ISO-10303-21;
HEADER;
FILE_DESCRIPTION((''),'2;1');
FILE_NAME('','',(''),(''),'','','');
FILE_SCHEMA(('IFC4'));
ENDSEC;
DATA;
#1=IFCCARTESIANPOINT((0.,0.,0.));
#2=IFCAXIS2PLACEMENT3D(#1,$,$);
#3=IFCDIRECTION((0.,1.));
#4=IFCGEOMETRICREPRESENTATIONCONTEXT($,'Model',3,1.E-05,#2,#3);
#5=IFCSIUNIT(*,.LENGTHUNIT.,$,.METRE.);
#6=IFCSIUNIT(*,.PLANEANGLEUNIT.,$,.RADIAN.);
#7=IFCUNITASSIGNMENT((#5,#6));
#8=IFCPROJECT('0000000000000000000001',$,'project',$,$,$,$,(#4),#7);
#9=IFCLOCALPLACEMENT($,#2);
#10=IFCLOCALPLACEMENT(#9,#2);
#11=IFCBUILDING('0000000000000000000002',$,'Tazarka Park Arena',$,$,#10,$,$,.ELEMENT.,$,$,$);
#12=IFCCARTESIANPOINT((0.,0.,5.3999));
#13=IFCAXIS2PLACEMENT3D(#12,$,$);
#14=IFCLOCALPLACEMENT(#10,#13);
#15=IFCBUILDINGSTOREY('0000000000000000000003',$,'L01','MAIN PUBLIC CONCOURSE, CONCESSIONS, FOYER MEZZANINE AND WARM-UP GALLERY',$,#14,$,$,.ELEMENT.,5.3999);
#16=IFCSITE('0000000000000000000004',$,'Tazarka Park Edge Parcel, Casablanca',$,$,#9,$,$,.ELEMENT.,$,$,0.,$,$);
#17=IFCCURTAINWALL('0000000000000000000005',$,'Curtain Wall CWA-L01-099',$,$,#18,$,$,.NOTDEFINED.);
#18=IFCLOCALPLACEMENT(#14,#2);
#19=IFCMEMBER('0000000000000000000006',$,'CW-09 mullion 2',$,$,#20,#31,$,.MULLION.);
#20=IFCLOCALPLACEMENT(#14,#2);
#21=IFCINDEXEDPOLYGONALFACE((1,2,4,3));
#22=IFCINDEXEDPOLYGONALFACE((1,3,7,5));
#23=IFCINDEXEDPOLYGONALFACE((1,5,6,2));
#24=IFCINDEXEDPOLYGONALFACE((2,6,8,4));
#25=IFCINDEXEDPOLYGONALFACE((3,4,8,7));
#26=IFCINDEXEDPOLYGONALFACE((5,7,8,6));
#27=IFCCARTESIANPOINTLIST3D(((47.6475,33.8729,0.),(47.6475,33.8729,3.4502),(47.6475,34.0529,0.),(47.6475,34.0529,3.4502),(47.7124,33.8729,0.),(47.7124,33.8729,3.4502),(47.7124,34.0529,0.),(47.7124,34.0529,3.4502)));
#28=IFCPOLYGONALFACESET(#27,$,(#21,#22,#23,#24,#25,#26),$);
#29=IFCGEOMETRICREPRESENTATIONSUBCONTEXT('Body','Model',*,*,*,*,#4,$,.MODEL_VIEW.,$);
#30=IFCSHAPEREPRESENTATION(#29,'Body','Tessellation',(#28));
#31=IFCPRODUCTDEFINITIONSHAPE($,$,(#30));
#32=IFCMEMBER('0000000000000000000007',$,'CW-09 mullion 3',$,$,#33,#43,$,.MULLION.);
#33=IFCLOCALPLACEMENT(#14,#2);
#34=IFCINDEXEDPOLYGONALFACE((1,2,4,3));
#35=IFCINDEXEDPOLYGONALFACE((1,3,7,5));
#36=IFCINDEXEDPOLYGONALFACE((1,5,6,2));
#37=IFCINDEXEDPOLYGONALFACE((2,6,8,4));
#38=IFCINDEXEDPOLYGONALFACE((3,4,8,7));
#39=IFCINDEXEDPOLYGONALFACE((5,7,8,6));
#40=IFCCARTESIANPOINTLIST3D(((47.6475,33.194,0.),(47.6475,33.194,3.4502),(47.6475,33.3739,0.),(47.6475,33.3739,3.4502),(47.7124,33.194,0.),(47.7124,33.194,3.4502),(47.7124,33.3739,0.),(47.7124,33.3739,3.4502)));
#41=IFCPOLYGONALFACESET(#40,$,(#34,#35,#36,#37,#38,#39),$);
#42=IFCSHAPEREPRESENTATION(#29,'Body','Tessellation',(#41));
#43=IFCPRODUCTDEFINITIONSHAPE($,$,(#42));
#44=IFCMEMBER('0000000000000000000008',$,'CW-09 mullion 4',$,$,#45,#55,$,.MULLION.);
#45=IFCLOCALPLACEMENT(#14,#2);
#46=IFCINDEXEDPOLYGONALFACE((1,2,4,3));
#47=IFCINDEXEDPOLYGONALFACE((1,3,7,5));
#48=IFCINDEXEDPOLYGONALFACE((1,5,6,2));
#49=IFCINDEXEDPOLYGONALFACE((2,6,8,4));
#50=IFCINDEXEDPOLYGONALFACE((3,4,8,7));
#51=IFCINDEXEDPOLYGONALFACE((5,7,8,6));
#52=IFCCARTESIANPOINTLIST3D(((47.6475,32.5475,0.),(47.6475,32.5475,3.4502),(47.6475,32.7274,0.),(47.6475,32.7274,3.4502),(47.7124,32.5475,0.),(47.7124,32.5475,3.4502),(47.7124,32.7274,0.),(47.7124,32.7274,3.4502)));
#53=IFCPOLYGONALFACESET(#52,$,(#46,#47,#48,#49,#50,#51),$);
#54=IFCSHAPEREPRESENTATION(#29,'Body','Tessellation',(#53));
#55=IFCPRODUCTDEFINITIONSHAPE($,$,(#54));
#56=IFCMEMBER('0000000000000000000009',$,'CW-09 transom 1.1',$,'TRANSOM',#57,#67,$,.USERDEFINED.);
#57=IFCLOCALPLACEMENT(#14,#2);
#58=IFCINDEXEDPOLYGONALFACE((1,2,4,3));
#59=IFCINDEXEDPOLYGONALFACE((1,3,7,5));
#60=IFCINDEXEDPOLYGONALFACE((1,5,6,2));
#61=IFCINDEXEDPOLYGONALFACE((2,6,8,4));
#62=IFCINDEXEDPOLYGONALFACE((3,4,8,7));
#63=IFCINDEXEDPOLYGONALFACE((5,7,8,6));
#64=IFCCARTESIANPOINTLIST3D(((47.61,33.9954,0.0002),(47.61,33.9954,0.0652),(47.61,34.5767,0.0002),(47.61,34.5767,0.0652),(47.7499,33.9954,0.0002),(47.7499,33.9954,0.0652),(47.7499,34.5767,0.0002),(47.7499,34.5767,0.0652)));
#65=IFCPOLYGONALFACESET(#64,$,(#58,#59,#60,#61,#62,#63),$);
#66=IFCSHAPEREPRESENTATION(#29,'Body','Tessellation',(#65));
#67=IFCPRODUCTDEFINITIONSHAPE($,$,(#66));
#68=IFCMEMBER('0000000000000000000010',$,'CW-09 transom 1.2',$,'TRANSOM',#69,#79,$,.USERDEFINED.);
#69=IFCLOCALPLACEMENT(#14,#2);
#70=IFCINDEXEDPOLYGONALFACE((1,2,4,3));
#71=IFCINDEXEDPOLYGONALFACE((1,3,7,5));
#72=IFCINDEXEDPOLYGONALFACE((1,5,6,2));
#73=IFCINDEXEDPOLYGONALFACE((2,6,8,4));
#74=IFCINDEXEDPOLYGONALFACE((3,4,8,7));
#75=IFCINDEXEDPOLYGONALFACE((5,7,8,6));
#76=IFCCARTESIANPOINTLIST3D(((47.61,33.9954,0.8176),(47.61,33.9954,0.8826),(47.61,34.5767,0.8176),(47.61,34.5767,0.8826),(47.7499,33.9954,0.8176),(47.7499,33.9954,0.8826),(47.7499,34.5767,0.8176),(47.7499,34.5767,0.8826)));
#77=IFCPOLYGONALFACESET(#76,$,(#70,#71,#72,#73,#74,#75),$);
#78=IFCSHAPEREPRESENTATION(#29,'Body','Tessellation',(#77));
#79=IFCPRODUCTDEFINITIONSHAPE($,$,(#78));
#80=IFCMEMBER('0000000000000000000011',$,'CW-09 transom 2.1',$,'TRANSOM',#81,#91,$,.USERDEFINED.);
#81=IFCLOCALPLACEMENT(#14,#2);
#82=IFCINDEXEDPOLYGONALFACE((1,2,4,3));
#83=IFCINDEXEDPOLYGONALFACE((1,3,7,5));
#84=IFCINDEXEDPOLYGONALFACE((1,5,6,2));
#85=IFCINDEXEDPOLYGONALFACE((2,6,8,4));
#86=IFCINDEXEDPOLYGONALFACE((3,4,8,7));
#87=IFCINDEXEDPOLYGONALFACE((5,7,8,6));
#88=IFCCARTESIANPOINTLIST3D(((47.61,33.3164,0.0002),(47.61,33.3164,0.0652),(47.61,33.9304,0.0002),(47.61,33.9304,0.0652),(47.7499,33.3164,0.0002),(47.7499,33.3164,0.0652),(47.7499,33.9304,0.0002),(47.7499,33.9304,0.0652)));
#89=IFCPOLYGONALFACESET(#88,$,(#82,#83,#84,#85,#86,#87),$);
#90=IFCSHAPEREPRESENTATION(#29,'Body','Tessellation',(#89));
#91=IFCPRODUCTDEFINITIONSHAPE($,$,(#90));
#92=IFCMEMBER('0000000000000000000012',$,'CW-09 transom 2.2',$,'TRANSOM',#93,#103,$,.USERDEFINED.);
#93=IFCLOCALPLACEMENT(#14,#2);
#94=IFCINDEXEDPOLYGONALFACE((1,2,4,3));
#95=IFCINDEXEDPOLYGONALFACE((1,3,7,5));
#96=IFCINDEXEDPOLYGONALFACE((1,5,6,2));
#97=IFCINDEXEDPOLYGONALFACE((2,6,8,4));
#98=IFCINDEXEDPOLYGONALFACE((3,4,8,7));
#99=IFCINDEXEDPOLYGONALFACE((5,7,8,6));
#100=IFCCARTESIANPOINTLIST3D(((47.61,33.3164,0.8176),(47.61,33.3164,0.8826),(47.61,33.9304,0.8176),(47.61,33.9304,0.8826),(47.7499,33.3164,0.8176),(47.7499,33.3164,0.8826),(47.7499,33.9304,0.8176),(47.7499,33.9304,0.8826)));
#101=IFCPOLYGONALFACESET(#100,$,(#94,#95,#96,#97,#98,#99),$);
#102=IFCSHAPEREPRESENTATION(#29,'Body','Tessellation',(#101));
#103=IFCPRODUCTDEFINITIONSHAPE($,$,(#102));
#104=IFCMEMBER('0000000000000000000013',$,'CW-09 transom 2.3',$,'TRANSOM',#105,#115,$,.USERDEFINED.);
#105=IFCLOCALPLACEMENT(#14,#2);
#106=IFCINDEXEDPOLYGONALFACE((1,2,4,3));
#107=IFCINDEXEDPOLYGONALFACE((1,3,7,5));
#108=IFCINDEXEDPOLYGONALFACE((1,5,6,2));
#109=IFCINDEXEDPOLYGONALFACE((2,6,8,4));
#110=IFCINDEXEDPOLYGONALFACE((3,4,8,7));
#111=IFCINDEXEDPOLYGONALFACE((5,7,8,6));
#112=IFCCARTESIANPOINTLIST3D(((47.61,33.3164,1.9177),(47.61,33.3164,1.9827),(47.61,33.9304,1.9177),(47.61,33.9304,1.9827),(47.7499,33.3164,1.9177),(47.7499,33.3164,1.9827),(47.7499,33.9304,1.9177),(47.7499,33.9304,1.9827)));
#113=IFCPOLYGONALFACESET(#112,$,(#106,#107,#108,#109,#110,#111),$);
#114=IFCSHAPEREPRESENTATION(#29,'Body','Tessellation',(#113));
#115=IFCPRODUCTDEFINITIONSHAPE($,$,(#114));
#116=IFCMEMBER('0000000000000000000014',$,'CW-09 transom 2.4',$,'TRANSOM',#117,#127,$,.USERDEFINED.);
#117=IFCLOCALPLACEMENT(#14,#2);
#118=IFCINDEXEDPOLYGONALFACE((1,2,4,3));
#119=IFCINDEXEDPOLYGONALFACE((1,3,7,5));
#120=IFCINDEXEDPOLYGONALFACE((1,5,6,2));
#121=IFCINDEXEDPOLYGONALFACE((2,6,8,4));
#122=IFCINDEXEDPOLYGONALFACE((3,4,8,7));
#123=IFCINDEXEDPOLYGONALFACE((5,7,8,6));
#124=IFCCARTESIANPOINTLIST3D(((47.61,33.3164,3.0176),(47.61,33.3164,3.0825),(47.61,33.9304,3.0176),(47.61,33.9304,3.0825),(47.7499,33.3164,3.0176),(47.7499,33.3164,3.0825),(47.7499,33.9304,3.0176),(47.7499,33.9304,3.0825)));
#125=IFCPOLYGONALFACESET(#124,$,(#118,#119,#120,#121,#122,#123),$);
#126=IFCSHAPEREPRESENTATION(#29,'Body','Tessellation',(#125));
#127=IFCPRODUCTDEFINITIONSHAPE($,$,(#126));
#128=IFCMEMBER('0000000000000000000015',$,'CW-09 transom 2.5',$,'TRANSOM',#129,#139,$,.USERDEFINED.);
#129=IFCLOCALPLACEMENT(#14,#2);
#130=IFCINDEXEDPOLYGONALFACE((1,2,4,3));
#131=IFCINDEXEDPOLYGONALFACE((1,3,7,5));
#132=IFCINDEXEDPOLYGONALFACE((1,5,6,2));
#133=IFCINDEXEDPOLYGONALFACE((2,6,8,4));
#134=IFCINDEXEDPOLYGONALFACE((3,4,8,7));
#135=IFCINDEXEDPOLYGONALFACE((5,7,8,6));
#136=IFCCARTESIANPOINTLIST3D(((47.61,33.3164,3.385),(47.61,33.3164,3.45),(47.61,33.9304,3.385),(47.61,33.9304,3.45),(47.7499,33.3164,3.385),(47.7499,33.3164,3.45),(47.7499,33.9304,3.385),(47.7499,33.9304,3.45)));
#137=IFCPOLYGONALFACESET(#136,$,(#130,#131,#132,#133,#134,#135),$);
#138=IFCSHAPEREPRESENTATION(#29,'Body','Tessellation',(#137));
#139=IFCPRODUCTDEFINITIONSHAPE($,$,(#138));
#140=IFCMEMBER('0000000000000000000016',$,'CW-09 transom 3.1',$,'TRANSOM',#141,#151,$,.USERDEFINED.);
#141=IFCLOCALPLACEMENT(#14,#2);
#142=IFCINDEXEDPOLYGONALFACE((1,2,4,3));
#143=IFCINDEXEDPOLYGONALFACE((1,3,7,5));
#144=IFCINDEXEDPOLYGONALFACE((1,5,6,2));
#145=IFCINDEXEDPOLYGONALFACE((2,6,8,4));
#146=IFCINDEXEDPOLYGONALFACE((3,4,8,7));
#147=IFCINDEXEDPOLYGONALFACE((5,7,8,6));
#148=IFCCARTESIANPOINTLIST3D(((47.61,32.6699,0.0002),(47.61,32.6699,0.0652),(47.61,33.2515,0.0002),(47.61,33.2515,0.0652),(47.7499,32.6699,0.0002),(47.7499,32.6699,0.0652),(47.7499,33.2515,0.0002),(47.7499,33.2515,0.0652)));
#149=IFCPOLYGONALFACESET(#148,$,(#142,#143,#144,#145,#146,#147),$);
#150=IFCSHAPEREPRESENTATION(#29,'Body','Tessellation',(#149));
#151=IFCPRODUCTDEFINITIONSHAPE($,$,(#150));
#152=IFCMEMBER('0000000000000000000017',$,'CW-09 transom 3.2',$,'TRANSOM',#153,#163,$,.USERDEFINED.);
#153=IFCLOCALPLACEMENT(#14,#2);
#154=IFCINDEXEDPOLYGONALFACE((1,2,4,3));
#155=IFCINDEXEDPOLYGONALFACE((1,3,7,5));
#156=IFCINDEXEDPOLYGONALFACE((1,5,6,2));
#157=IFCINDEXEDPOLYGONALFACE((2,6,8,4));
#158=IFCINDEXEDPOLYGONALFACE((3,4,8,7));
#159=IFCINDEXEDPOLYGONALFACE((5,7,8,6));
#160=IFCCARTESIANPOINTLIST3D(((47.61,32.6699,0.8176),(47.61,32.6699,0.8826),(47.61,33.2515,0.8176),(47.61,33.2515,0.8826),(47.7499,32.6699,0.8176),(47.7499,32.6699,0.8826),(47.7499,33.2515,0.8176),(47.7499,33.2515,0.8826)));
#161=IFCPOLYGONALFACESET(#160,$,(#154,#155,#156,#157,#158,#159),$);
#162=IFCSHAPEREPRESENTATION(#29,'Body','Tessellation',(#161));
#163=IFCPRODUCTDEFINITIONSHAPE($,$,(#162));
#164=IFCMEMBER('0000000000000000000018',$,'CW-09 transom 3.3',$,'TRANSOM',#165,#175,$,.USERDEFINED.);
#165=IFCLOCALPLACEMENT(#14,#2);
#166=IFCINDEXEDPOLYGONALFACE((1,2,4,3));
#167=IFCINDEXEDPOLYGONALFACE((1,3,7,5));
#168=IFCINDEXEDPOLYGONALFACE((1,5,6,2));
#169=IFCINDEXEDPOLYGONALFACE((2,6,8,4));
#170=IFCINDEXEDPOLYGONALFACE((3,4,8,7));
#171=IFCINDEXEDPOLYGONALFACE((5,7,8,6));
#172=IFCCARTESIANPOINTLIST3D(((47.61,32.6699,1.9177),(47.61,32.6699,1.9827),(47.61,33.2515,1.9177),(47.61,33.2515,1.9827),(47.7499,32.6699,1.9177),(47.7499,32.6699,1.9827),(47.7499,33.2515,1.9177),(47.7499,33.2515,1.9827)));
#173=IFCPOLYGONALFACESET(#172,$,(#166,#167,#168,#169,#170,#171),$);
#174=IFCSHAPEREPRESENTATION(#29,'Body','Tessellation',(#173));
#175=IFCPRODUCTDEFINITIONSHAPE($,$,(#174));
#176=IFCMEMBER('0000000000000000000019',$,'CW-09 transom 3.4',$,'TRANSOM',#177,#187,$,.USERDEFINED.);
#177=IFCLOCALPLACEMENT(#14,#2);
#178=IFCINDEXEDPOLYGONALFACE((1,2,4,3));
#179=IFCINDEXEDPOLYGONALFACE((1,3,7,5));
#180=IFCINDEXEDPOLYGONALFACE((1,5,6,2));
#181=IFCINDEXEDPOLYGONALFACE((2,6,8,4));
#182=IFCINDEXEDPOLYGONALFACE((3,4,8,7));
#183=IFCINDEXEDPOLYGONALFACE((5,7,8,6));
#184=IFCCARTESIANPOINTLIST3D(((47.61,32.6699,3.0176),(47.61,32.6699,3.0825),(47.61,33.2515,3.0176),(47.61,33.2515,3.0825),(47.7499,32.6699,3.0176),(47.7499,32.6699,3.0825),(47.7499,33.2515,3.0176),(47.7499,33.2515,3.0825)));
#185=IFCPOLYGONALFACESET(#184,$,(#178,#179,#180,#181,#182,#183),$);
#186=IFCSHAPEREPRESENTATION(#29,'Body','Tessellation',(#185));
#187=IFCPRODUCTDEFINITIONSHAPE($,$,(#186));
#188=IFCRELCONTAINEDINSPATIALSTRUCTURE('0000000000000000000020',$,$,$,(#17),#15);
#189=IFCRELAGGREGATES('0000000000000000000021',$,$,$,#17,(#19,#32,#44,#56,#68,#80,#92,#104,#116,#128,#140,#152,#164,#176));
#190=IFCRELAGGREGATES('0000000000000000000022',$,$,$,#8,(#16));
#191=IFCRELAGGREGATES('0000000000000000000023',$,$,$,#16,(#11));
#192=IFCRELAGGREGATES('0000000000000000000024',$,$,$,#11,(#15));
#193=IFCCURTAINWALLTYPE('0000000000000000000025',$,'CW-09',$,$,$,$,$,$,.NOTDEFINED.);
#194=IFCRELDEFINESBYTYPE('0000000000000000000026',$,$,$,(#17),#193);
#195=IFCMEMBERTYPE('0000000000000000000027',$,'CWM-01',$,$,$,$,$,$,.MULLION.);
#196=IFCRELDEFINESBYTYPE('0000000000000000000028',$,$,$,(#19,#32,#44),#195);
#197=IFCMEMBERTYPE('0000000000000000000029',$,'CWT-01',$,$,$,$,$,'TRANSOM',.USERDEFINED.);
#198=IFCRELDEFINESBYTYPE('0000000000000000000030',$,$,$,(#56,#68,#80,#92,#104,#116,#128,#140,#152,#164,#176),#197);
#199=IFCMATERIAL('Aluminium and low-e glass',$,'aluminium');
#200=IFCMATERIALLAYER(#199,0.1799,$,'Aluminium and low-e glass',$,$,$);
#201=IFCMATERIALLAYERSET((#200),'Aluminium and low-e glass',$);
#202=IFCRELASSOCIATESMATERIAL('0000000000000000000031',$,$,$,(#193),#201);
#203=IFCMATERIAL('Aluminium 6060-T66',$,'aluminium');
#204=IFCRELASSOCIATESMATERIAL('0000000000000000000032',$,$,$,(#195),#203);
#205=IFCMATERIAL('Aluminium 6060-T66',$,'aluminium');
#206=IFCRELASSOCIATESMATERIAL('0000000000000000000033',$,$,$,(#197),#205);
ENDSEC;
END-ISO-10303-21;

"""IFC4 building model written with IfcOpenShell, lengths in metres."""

from ifc_helpers import new_model, si_unit, direction, frame, origin, origin_2d, place, context, subcontext, project, spatial, rectangle, extrude, material, layer, layer_set, material_profile, profile_set, type_object, element, aggregate, save


model = new_model("IFC4")

# Units and contexts
model_context = context("Model", 3, precision=1e-05, world=origin(), true_north=direction((0.0, 1.0)))
body_context = subcontext(model_context, "Body", "Model", "MODEL_VIEW")
ifc_project = project(units=[si_unit("LENGTHUNIT", "METRE"), si_unit("PLANEANGLEUNIT", "RADIAN")], contexts=[model_context])

# Site, building, storey
site_placement = place(None, origin())
site = spatial("IfcSite", under=ifc_project, at=site_placement, Name="Tazarka Park Edge Parcel, Casablanca", CompositionType="ELEMENT", RefElevation=0.0)
building_placement = place(site_placement, origin())
building = spatial("IfcBuilding", under=site, at=building_placement, Name="Tazarka Park Arena", CompositionType="ELEMENT")
storey_placement = place(building_placement, frame((0.0, 0.0, 5.3999)))
storey = spatial("IfcBuildingStorey", under=building, at=storey_placement, Name="L01", Description="MAIN PUBLIC CONCOURSE, CONCESSIONS, FOYER MEZZANINE AND WARM-UP GALLERY", CompositionType="ELEMENT", Elevation=5.3999)

# Curtain wall, members
ifc_material_1 = material(Name="Aluminium and low-e glass", Category="aluminium")
ifc_layer_1 = layer(ifc_material_1, 0.1799, Name="Aluminium and low-e glass")
ifc_layer_set_1 = layer_set([ifc_layer_1], Name="Aluminium and low-e glass")
curtain_wall_type = type_object("IfcCurtainWallType", Name="CW-09", PredefinedType="NOTDEFINED", material=ifc_layer_set_1)
curtain_wall_placement = place(storey_placement, origin())
curtain_wall = element("IfcCurtainWall", 1, at=curtain_wall_placement, inside=storey, type_object=curtain_wall_type, Name="Curtain Wall CWA-L01-099", PredefinedType="NOTDEFINED")
ifc_material_2 = material(Name="Aluminium 6060-T66", Category="aluminium")
ifc_material_profile_1 = material_profile(ifc_material_2, rectangle(XDim=0.0649, YDim=0.1799, at=origin_2d()), Name="Aluminium 6060-T66")
ifc_profile_set_1 = profile_set([ifc_material_profile_1], Name="Aluminium 6060-T66")
member_type_1 = type_object("IfcMemberType", Name="CWM-01", PredefinedType="MULLION", material=ifc_profile_set_1)
member_1_placement = place(storey_placement, frame((47.6799, 33.9629, 0.0), z_axis=(0.0, 0.0, 1.0), x_axis=(1.0, 0.0, 0.0)))
member_1 = element("IfcMember", 2, at=member_1_placement, type_object=member_type_1, Name="CW-09 mullion 2", PredefinedType="MULLION", context=body_context, shape_type="SweptSolid", body=[
    extrude(rectangle(XDim=0.0649, YDim=0.1799, at=origin_2d()), origin(), (0.0, 0.0, 1.0), 3.4502),
])
member_2_placement = place(storey_placement, frame((47.6799, 33.2839, 0.0), z_axis=(0.0, 0.0, 1.0), x_axis=(1.0, 0.0, 0.0)))
member_2 = element("IfcMember", 3, at=member_2_placement, type_object=member_type_1, Name="CW-09 mullion 3", PredefinedType="MULLION", context=body_context, shape_type="SweptSolid", body=[
    extrude(rectangle(XDim=0.0649, YDim=0.1799, at=origin_2d()), origin(), (0.0, 0.0, 1.0), 3.4502),
])
member_3_placement = place(storey_placement, frame((47.6799, 32.6375, 0.0), z_axis=(0.0, 0.0, 1.0), x_axis=(1.0, 0.0, 0.0)))
member_3 = element("IfcMember", 4, at=member_3_placement, type_object=member_type_1, Name="CW-09 mullion 4", PredefinedType="MULLION", context=body_context, shape_type="SweptSolid", body=[
    extrude(rectangle(XDim=0.0649, YDim=0.1799, at=origin_2d()), origin(), (0.0, 0.0, 1.0), 3.4502),
])
ifc_material_3 = material(Name="Aluminium 6060-T66", Category="aluminium")
ifc_material_profile_2 = material_profile(ifc_material_3, rectangle(XDim=0.1399, YDim=0.0649, at=origin_2d()), Name="Aluminium 6060-T66")
ifc_profile_set_2 = profile_set([ifc_material_profile_2], Name="Aluminium 6060-T66")
member_type_2 = type_object("IfcMemberType", Name="CWT-01", ElementType="TRANSOM", PredefinedType="USERDEFINED", material=ifc_profile_set_2)
member_4_placement = place(storey_placement, frame((47.6799, 34.5767, 0.0327), z_axis=(0.0, -1.0, 0.0), x_axis=(1.0, 0.0, 0.0)))
member_4 = element("IfcMember", 5, at=member_4_placement, type_object=member_type_2, Name="CW-09 transom 1.1", ObjectType="TRANSOM", PredefinedType="USERDEFINED", context=body_context, shape_type="SweptSolid", body=[
    extrude(rectangle(XDim=0.1399, YDim=0.0649, at=origin_2d()), origin(), (0.0, 0.0, 1.0), 0.5813),
])
member_5_placement = place(storey_placement, frame((47.6799, 34.5767, 0.8501), z_axis=(0.0, -1.0, 0.0), x_axis=(1.0, 0.0, 0.0)))
member_5 = element("IfcMember", 6, at=member_5_placement, type_object=member_type_2, Name="CW-09 transom 1.2", ObjectType="TRANSOM", PredefinedType="USERDEFINED", context=body_context, shape_type="SweptSolid", body=[
    extrude(rectangle(XDim=0.1399, YDim=0.0649, at=origin_2d()), origin(), (0.0, 0.0, 1.0), 0.5813),
])
member_6_placement = place(storey_placement, frame((47.6799, 33.9304, 0.0327), z_axis=(0.0, -1.0, 0.0), x_axis=(1.0, 0.0, 0.0)))
member_6 = element("IfcMember", 7, at=member_6_placement, type_object=member_type_2, Name="CW-09 transom 2.1", ObjectType="TRANSOM", PredefinedType="USERDEFINED", context=body_context, shape_type="SweptSolid", body=[
    extrude(rectangle(XDim=0.1399, YDim=0.0649, at=origin_2d()), origin(), (0.0, 0.0, 1.0), 0.614),
])
member_7_placement = place(storey_placement, frame((47.6799, 33.9304, 0.8501), z_axis=(0.0, -1.0, 0.0), x_axis=(1.0, 0.0, 0.0)))
member_7 = element("IfcMember", 8, at=member_7_placement, type_object=member_type_2, Name="CW-09 transom 2.2", ObjectType="TRANSOM", PredefinedType="USERDEFINED", context=body_context, shape_type="SweptSolid", body=[
    extrude(rectangle(XDim=0.1399, YDim=0.0649, at=origin_2d()), origin(), (0.0, 0.0, 1.0), 0.614),
])
member_8_placement = place(storey_placement, frame((47.6799, 33.9304, 1.9502), z_axis=(0.0, -1.0, 0.0), x_axis=(1.0, 0.0, 0.0)))
member_8 = element("IfcMember", 9, at=member_8_placement, type_object=member_type_2, Name="CW-09 transom 2.3", ObjectType="TRANSOM", PredefinedType="USERDEFINED", context=body_context, shape_type="SweptSolid", body=[
    extrude(rectangle(XDim=0.1399, YDim=0.0649, at=origin_2d()), origin(), (0.0, 0.0, 1.0), 0.614),
])
member_9_placement = place(storey_placement, frame((47.6799, 33.9304, 3.05), z_axis=(0.0, -1.0, 0.0), x_axis=(1.0, 0.0, 0.0)))
member_9 = element("IfcMember", 10, at=member_9_placement, type_object=member_type_2, Name="CW-09 transom 2.4", ObjectType="TRANSOM", PredefinedType="USERDEFINED", context=body_context, shape_type="SweptSolid", body=[
    extrude(rectangle(XDim=0.1399, YDim=0.0649, at=origin_2d()), origin(), (0.0, 0.0, 1.0), 0.614),
])
member_10_placement = place(storey_placement, frame((47.6799, 33.9304, 3.4175), z_axis=(0.0, -1.0, 0.0), x_axis=(1.0, 0.0, 0.0)))
member_10 = element("IfcMember", 11, at=member_10_placement, type_object=member_type_2, Name="CW-09 transom 2.5", ObjectType="TRANSOM", PredefinedType="USERDEFINED", context=body_context, shape_type="SweptSolid", body=[
    extrude(rectangle(XDim=0.1399, YDim=0.0649, at=origin_2d()), origin(), (0.0, 0.0, 1.0), 0.614),
])
member_11_placement = place(storey_placement, frame((47.6799, 33.2515, 0.0327), z_axis=(0.0, -1.0, 0.0), x_axis=(1.0, 0.0, 0.0)))
member_11 = element("IfcMember", 12, at=member_11_placement, type_object=member_type_2, Name="CW-09 transom 3.1", ObjectType="TRANSOM", PredefinedType="USERDEFINED", context=body_context, shape_type="SweptSolid", body=[
    extrude(rectangle(XDim=0.1399, YDim=0.0649, at=origin_2d()), origin(), (0.0, 0.0, 1.0), 0.5815),
])
member_12_placement = place(storey_placement, frame((47.6799, 33.2515, 0.8501), z_axis=(0.0, -1.0, 0.0), x_axis=(1.0, 0.0, 0.0)))
member_12 = element("IfcMember", 13, at=member_12_placement, type_object=member_type_2, Name="CW-09 transom 3.2", ObjectType="TRANSOM", PredefinedType="USERDEFINED", context=body_context, shape_type="SweptSolid", body=[
    extrude(rectangle(XDim=0.1399, YDim=0.0649, at=origin_2d()), origin(), (0.0, 0.0, 1.0), 0.5815),
])
member_13_placement = place(storey_placement, frame((47.6799, 33.2515, 1.9502), z_axis=(0.0, -1.0, 0.0), x_axis=(1.0, 0.0, 0.0)))
member_13 = element("IfcMember", 14, at=member_13_placement, type_object=member_type_2, Name="CW-09 transom 3.3", ObjectType="TRANSOM", PredefinedType="USERDEFINED", context=body_context, shape_type="SweptSolid", body=[
    extrude(rectangle(XDim=0.1399, YDim=0.0649, at=origin_2d()), origin(), (0.0, 0.0, 1.0), 0.5815),
])
member_14_placement = place(storey_placement, frame((47.6799, 33.2515, 3.05), z_axis=(0.0, -1.0, 0.0), x_axis=(1.0, 0.0, 0.0)))
member_14 = element("IfcMember", 15, at=member_14_placement, type_object=member_type_2, Name="CW-09 transom 3.4", ObjectType="TRANSOM", PredefinedType="USERDEFINED", context=body_context, shape_type="SweptSolid", body=[
    extrude(rectangle(XDim=0.1399, YDim=0.0649, at=origin_2d()), origin(), (0.0, 0.0, 1.0), 0.5815),
])
aggregate(curtain_wall, [member_1, member_2, member_3, member_4, member_5, member_6, member_7, member_8, member_9, member_10, member_11, member_12, member_13, member_14])

save(model, "model.ifc")
